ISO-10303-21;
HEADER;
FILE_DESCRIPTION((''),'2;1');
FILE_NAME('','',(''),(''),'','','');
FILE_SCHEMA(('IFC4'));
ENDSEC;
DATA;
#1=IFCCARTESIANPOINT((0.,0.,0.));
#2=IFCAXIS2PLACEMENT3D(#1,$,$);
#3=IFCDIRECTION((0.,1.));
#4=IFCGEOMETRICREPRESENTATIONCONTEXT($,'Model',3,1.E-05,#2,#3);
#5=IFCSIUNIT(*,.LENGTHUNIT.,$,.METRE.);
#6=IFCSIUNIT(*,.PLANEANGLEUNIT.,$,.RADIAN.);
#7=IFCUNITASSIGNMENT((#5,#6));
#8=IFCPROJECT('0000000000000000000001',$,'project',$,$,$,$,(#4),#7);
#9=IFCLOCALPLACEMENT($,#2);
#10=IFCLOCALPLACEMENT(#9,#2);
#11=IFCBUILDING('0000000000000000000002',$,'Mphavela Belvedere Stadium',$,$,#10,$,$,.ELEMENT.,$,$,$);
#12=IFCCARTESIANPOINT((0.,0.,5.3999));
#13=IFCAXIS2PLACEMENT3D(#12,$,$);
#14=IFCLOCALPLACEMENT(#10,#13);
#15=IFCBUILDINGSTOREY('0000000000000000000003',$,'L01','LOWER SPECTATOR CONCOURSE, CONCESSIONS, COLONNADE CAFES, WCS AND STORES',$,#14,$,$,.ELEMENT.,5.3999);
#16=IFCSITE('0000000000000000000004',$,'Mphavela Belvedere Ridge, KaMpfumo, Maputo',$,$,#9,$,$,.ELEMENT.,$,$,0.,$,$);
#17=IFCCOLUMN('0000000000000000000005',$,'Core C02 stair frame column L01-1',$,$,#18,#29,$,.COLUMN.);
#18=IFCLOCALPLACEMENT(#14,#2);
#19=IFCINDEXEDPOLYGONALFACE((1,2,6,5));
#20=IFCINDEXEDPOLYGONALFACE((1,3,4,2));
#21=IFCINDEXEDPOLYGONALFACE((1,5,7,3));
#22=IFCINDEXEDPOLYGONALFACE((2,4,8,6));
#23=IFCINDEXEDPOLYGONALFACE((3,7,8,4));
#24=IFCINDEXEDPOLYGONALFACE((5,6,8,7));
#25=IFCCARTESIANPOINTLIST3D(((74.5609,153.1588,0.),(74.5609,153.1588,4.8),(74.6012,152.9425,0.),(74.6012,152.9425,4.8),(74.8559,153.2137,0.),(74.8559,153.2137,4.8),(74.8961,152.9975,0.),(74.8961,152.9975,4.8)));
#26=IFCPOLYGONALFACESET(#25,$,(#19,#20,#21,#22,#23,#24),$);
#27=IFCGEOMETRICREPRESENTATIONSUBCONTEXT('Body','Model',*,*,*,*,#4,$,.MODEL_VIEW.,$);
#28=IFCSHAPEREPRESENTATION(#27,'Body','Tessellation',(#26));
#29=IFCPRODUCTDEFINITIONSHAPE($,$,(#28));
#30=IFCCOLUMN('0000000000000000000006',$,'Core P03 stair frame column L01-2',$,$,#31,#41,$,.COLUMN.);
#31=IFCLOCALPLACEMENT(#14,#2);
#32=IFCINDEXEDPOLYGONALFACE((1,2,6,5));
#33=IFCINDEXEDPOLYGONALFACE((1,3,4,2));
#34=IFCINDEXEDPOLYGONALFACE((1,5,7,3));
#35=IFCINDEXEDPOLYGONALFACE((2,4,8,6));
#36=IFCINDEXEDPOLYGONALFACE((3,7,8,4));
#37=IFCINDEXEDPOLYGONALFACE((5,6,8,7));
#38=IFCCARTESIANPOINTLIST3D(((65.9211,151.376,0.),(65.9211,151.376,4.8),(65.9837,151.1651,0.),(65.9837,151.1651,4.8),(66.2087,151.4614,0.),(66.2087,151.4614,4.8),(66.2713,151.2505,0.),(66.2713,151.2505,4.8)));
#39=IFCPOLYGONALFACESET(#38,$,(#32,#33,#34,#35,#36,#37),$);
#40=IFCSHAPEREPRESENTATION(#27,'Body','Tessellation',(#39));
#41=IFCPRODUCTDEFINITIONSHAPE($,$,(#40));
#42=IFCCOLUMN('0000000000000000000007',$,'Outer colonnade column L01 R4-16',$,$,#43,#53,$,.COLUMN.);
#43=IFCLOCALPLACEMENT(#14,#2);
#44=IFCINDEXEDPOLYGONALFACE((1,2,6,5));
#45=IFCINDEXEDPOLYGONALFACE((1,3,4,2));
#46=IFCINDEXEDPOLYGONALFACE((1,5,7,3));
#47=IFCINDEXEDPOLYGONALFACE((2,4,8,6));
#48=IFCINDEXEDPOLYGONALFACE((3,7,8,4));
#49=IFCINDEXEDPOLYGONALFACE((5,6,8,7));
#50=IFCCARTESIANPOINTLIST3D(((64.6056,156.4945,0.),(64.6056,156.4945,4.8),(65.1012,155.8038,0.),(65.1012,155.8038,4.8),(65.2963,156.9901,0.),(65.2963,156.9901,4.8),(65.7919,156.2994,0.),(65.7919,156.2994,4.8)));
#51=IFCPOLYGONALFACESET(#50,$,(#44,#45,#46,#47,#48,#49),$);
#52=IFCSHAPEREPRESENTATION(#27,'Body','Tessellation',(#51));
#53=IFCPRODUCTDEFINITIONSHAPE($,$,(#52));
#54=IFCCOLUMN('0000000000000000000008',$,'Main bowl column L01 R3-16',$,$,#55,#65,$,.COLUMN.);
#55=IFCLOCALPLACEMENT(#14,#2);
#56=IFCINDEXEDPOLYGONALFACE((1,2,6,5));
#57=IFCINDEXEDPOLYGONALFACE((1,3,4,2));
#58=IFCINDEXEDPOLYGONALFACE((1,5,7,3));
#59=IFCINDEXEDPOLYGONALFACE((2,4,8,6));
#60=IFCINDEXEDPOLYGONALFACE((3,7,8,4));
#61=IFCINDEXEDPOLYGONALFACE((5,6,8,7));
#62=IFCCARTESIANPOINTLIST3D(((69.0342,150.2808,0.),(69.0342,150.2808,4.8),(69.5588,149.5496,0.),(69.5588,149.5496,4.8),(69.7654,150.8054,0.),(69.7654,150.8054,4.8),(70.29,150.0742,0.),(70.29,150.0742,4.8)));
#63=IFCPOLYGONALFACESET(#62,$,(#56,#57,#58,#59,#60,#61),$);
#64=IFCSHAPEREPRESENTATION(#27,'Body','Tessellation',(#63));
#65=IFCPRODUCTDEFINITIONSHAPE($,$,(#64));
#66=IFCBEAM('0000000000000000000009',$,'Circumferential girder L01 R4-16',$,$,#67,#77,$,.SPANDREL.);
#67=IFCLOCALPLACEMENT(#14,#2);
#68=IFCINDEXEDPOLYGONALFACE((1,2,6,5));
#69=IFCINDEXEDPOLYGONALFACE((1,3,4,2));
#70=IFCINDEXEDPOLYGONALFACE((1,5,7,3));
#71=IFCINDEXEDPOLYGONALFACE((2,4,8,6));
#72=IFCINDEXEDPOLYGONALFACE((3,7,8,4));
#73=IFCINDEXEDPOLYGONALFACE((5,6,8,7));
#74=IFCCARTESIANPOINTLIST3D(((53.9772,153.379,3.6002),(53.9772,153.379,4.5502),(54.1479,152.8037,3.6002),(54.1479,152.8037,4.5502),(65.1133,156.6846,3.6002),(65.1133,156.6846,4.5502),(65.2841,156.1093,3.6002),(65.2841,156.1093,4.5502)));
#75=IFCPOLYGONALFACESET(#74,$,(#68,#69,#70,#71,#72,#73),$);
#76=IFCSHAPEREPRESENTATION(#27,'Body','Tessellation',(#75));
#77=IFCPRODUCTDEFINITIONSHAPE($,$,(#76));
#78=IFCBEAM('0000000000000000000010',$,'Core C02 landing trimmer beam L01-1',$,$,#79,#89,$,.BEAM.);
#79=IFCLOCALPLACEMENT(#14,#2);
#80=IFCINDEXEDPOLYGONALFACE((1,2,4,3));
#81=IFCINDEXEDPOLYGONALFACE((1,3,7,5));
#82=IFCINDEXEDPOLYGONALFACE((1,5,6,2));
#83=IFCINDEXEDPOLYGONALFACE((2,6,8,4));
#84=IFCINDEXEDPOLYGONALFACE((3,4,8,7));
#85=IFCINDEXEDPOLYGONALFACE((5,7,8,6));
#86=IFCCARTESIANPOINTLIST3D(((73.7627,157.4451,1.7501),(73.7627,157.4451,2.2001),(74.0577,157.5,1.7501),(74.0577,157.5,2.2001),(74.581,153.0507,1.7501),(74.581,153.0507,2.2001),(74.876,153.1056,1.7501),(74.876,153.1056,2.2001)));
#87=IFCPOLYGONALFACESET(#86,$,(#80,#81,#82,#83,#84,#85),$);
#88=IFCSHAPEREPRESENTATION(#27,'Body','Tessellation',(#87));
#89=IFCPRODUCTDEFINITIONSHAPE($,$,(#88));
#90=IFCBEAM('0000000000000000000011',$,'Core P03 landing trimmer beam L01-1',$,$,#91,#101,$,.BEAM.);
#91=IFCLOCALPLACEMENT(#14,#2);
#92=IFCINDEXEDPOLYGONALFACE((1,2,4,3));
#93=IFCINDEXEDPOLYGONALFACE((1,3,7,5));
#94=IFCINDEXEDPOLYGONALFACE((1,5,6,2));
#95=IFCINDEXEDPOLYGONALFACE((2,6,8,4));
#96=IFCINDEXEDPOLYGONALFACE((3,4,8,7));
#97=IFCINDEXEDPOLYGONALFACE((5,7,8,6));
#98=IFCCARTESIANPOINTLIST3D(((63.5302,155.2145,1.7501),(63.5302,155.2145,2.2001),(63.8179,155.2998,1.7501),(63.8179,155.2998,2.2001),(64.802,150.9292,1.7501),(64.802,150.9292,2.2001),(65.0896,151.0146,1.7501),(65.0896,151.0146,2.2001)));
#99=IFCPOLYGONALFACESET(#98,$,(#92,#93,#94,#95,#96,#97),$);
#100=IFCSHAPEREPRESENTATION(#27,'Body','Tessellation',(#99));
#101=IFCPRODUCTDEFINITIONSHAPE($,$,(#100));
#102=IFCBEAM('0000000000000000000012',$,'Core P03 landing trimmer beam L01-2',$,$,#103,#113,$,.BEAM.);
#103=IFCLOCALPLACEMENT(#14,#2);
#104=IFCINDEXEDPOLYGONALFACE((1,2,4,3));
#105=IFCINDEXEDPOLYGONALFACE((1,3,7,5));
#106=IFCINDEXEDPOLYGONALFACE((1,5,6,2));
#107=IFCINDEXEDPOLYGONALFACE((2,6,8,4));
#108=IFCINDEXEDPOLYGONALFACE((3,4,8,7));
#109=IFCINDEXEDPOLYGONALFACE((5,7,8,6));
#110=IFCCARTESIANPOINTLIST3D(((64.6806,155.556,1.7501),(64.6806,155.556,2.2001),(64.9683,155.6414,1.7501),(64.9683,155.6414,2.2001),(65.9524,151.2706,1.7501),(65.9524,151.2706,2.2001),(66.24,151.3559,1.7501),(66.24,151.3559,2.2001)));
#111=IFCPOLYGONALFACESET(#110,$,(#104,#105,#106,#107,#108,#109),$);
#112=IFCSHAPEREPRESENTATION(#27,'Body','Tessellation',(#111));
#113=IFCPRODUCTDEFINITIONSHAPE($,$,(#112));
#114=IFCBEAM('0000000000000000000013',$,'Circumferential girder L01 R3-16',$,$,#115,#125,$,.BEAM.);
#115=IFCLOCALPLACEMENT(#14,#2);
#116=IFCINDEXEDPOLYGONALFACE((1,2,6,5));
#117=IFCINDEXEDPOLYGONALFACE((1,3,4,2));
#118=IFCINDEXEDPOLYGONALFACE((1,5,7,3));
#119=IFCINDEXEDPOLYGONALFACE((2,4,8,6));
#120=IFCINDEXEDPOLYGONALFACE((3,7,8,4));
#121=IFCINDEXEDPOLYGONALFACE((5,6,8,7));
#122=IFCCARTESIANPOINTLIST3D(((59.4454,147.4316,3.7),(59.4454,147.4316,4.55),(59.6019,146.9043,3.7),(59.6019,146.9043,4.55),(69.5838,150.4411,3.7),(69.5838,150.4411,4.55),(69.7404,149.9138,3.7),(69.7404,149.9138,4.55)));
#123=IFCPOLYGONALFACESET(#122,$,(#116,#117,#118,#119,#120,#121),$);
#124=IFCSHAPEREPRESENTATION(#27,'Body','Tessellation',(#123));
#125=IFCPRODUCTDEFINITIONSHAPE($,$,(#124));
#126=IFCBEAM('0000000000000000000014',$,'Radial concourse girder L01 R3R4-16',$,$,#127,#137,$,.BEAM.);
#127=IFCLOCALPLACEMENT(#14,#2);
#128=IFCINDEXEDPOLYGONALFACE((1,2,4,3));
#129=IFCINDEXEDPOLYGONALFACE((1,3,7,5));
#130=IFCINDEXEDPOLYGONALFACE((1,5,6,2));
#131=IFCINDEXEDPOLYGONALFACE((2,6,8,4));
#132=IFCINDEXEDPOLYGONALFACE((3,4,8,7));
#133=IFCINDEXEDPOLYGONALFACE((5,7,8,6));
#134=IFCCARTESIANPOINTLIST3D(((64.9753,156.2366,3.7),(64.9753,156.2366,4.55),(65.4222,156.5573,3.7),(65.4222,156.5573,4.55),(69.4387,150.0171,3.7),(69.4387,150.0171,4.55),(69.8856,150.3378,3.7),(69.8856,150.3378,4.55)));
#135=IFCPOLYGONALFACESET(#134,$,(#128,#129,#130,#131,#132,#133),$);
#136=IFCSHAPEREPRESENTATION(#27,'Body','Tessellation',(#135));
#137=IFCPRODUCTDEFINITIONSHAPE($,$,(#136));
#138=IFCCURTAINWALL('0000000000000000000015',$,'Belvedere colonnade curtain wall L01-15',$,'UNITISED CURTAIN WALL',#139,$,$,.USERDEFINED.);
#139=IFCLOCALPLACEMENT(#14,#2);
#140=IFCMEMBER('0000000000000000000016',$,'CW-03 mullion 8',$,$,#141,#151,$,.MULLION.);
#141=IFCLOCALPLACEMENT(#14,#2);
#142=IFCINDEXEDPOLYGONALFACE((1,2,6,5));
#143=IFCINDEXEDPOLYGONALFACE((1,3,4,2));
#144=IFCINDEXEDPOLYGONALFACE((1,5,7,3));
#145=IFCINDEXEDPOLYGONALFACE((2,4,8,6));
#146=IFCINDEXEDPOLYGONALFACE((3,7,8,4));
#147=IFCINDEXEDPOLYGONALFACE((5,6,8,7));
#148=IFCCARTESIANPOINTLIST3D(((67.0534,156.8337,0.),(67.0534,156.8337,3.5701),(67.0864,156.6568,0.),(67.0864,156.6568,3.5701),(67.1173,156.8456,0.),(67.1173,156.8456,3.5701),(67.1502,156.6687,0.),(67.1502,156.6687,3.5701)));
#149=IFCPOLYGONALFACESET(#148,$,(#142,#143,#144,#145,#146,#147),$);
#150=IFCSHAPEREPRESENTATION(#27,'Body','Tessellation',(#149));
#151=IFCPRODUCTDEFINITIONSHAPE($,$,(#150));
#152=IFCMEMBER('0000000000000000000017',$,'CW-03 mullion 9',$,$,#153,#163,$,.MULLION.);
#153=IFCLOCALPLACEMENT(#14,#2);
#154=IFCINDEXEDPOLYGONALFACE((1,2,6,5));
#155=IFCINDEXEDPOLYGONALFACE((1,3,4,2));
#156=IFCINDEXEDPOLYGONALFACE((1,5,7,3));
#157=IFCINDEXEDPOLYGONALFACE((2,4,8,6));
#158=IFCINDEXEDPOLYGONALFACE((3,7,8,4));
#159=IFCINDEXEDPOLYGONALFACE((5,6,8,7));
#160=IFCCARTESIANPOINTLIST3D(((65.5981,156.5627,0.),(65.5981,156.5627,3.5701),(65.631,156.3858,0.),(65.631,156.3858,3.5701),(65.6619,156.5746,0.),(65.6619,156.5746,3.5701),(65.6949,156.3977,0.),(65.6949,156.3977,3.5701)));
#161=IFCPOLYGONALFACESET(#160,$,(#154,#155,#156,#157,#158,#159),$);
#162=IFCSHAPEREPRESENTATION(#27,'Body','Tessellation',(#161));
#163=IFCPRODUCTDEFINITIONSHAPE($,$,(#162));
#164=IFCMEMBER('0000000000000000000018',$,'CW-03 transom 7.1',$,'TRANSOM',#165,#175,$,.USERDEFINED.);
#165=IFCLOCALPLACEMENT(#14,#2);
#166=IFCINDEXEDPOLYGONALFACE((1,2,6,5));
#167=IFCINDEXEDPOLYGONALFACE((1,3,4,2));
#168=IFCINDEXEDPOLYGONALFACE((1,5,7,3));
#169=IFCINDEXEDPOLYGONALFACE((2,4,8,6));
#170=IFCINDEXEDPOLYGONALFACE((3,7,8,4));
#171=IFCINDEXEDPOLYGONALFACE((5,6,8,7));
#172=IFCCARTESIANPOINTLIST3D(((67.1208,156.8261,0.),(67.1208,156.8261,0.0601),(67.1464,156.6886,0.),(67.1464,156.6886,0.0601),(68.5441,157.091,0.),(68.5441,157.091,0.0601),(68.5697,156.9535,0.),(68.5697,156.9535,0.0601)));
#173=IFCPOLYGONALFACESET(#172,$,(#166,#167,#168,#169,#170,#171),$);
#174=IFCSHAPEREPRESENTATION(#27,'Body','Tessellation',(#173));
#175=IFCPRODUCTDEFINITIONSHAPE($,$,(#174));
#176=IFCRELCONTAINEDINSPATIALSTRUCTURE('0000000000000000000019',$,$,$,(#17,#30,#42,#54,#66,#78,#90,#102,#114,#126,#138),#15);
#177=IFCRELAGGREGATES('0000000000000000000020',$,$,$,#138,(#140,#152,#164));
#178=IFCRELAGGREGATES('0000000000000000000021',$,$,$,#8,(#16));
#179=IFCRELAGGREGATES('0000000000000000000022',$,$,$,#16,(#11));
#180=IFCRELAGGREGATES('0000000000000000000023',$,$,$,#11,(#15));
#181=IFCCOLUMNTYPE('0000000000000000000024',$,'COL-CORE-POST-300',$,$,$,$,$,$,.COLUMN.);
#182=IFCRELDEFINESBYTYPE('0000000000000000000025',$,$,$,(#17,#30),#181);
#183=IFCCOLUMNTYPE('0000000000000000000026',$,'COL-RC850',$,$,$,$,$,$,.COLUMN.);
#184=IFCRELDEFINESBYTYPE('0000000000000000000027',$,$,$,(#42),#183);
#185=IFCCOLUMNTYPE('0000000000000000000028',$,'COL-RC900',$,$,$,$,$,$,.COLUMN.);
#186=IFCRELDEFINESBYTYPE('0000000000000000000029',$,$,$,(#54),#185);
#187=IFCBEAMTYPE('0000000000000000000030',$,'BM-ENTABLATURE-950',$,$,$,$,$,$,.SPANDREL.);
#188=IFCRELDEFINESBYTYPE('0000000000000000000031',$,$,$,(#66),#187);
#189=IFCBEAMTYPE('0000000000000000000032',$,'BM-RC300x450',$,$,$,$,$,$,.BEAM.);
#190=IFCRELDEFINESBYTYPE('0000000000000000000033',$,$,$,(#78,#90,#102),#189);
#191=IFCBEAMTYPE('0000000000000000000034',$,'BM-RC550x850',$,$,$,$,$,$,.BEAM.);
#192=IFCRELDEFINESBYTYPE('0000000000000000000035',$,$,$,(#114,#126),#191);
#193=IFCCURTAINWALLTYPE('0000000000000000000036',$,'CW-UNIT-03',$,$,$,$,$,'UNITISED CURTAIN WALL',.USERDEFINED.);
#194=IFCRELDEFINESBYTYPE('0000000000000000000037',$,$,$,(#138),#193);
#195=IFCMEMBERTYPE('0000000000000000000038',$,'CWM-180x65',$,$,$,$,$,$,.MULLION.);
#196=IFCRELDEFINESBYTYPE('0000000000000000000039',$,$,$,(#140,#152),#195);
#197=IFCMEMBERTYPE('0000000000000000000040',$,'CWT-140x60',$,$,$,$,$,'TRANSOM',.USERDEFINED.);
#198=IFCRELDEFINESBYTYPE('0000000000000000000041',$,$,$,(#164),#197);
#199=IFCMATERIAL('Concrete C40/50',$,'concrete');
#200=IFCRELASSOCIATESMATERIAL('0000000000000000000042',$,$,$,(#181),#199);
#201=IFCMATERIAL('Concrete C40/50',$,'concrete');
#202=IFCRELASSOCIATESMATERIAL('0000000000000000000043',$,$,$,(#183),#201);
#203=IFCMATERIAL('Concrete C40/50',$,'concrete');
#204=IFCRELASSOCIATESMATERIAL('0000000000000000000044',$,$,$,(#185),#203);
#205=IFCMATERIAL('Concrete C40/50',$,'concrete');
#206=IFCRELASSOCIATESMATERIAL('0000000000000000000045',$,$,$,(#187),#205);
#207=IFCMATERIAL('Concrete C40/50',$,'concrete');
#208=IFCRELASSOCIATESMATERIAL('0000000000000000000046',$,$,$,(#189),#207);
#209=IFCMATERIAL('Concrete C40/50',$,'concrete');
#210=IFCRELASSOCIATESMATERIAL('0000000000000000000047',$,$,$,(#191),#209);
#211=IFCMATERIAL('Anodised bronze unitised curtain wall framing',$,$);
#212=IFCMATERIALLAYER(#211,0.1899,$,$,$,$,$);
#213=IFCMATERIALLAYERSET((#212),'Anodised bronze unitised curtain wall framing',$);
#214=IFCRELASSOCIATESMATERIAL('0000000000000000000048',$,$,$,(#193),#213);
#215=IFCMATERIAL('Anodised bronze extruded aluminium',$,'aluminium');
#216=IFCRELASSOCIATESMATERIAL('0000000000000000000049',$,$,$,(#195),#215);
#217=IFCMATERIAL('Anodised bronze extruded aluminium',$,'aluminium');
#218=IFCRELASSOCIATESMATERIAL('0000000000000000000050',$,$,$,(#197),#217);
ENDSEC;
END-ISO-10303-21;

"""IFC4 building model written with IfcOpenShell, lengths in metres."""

from ifc_helpers import new_model, si_unit, direction, frame, origin, origin_2d, place, context, subcontext, project, spatial, rectangle, extrude, material, layer, layer_set, material_profile, profile_set, type_object, element, aggregate, save


model = new_model("IFC4")

# Units and contexts
model_context = context("Model", 3, precision=1e-05, world=origin(), true_north=direction((0.0, 1.0)))
body_context = subcontext(model_context, "Body", "Model", "MODEL_VIEW")
ifc_project = project(units=[si_unit("LENGTHUNIT", "METRE"), si_unit("PLANEANGLEUNIT", "RADIAN")], contexts=[model_context])

# Site, building, storey
site_placement = place(None, origin())
site = spatial("IfcSite", under=ifc_project, at=site_placement, Name="Mphavela Belvedere Ridge, KaMpfumo, Maputo", CompositionType="ELEMENT", RefElevation=0.0)
building_placement = place(site_placement, origin())
building = spatial("IfcBuilding", under=site, at=building_placement, Name="Mphavela Belvedere Stadium", CompositionType="ELEMENT")
storey_placement = place(building_placement, frame((0.0, 0.0, 5.3999)))
storey = spatial("IfcBuildingStorey", under=building, at=storey_placement, Name="L01", Description="LOWER SPECTATOR CONCOURSE, CONCESSIONS, COLONNADE CAFES, WCS AND STORES", CompositionType="ELEMENT", Elevation=5.3999)

# Columns
ifc_material_1 = material(Name="Concrete C40/50", Category="concrete")
ifc_material_profile_1 = material_profile(ifc_material_1, rectangle(XDim=0.3, YDim=0.22, at=origin_2d()), Name="RC 300x220")
ifc_profile_set_1 = profile_set([ifc_material_profile_1], Name="Concrete C40/50")
column_type_1 = type_object("IfcColumnType", Name="COL-CORE-POST-300", PredefinedType="COLUMN", material=ifc_profile_set_1)
for number, where, z_axis, x_axis, name in (
    (1, (74.7285, 153.0781, 0.0), (0.0, 0.0, 1.0), (0.983096, 0.183094, 0.0), "Core C02 stair frame column L01-1"),
    (2, (66.0962, 151.3132, 0.0), (0.0, 0.0, 1.0), (0.958671, 0.284517, 0.0), "Core P03 stair frame column L01-2"),
):
    element("IfcColumn", number, at=place(storey_placement, frame(where, z_axis=z_axis, x_axis=x_axis)), inside=storey, type_object=column_type_1, Name=name, PredefinedType="COLUMN", context=body_context, shape_type="SweptSolid", body=[
        extrude(rectangle(XDim=0.3, YDim=0.22, at=origin_2d()), origin(), (0.0, 0.0, 1.0), 4.8),
    ])
ifc_material_2 = material(Name="Concrete C40/50", Category="concrete")
ifc_material_profile_2 = material_profile(ifc_material_2, rectangle(XDim=0.8501, YDim=0.8501, at=origin_2d()), Name="RC 850x850")
ifc_profile_set_2 = profile_set([ifc_material_profile_2], Name="Concrete C40/50")
column_type_2 = type_object("IfcColumnType", Name="COL-RC850", PredefinedType="COLUMN", material=ifc_profile_set_2)
column_1_placement = place(storey_placement, frame((65.1987, 156.397, 0.0), z_axis=(0.0, 0.0, 1.0), x_axis=(-0.582974, 0.812491, 0.0)))
element("IfcColumn", 3, at=column_1_placement, inside=storey, type_object=column_type_2, Name="Outer colonnade column L01 R4-16", PredefinedType="COLUMN", context=body_context, shape_type="SweptSolid", body=[
    extrude(rectangle(XDim=0.8501, YDim=0.8501, at=origin_2d()), origin(), (0.0, 0.0, 1.0), 4.8),
])
ifc_material_3 = material(Name="Concrete C40/50", Category="concrete")
ifc_material_profile_3 = material_profile(ifc_material_3, rectangle(XDim=0.8999, YDim=0.8999, at=origin_2d()), Name="RC 900x900")
ifc_profile_set_3 = profile_set([ifc_material_profile_3], Name="Concrete C40/50")
column_type_3 = type_object("IfcColumnType", Name="COL-RC900", PredefinedType="COLUMN", material=ifc_profile_set_3)
column_2_placement = place(storey_placement, frame((69.6621, 150.1775, 0.0), z_axis=(0.0, 0.0, 1.0), x_axis=(-0.582974, 0.812491, 0.0)))
element("IfcColumn", 4, at=column_2_placement, inside=storey, type_object=column_type_3, Name="Main bowl column L01 R3-16", PredefinedType="COLUMN", context=body_context, shape_type="SweptSolid", body=[
    extrude(rectangle(XDim=0.8999, YDim=0.8999, at=origin_2d()), origin(), (0.0, 0.0, 1.0), 4.8),
])

# Beams
ifc_material_4 = material(Name="Concrete C40/50", Category="concrete")
ifc_material_profile_4 = material_profile(ifc_material_4, rectangle(XDim=0.6001, YDim=0.95, at=origin_2d()), Name="RC 600x950")
ifc_profile_set_4 = profile_set([ifc_material_profile_4], Name="Concrete C40/50")
beam_type_1 = type_object("IfcBeamType", Name="BM-ENTABLATURE-950", PredefinedType="SPANDREL", material=ifc_profile_set_4)
beam_1_placement = place(storey_placement, frame((65.1987, 156.397, 4.0752), z_axis=(-0.958656, -0.284566, 0.0), x_axis=(0.284566, -0.958656, 0.0)))
element("IfcBeam", 5, at=beam_1_placement, inside=storey, type_object=beam_type_1, Name="Circumferential girder L01 R4-16", PredefinedType="SPANDREL", context=body_context, shape_type="SweptSolid", body=[
    extrude(rectangle(XDim=0.6001, YDim=0.95, at=origin_2d()), origin(), (0.0, 0.0, 1.0), 11.6165),
])
ifc_material_5 = material(Name="Concrete C40/50", Category="concrete")
ifc_material_profile_5 = material_profile(ifc_material_5, rectangle(XDim=0.3, YDim=0.45, at=origin_2d()), Name="RC 300x450")
ifc_profile_set_5 = profile_set([ifc_material_profile_5], Name="Concrete C40/50")
beam_type_2 = type_object("IfcBeamType", Name="BM-RC300x450", PredefinedType="BEAM", material=ifc_profile_set_5)
for number, where, z_axis, x_axis, name in (
    (6, (74.7285, 153.0781, 1.9751), (-0.183075, 0.983099, 0.0), (-0.983099, -0.183075, 0.0), "Core C02 landing trimmer beam L01-1"),
    (7, (64.9458, 150.9719, 1.9751), (-0.28451, 0.958673, 0.0), (-0.958673, -0.28451, 0.0), "Core P03 landing trimmer beam L01-1"),
):
    element("IfcBeam", number, at=place(storey_placement, frame(where, z_axis=z_axis, x_axis=x_axis)), inside=storey, type_object=beam_type_2, Name=name, PredefinedType="BEAM", context=body_context, shape_type="SweptSolid", body=[
        extrude(rectangle(XDim=0.3, YDim=0.45, at=origin_2d()), origin(), (0.0, 0.0, 1.0), 4.47),
    ])
beam_2_placement = place(storey_placement, frame((66.0962, 151.3132, 1.9751), z_axis=(-0.284496, 0.958677, 0.0), x_axis=(-0.958677, -0.284496, 0.0)))
element("IfcBeam", 8, at=beam_2_placement, inside=storey, type_object=beam_type_2, Name="Core P03 landing trimmer beam L01-2", PredefinedType="BEAM", context=body_context, shape_type="SweptSolid", body=[
    extrude(rectangle(XDim=0.3, YDim=0.45, at=origin_2d()), origin(), (0.0, 0.0, 1.0), 4.4702),
])
ifc_material_6 = material(Name="Concrete C40/50", Category="concrete")
ifc_material_profile_6 = material_profile(ifc_material_6, rectangle(XDim=0.55, YDim=0.8501, at=origin_2d()), Name="RC 550x850")
ifc_profile_set_6 = profile_set([ifc_material_profile_6], Name="Concrete C40/50")
beam_type_3 = type_object("IfcBeamType", Name="BM-RC550x850", PredefinedType="BEAM", material=ifc_profile_set_6)
beam_3_placement = place(storey_placement, frame((69.6621, 150.1775, 4.125), z_axis=(-0.958655, -0.28457, 0.0), x_axis=(0.28457, -0.958655, 0.0)))
element("IfcBeam", 9, at=beam_3_placement, inside=storey, type_object=beam_type_3, Name="Circumferential girder L01 R3-16", PredefinedType="BEAM", context=body_context, shape_type="SweptSolid", body=[
    extrude(rectangle(XDim=0.55, YDim=0.8501, at=origin_2d()), origin(), (0.0, 0.0, 1.0), 10.5757),
])
beam_4_placement = place(storey_placement, frame((69.6621, 150.1775, 4.125), z_axis=(-0.583044, 0.812441, 0.0), x_axis=(-0.812441, -0.583044, 0.0)))
element("IfcBeam", 10, at=beam_4_placement, inside=storey, type_object=beam_type_3, Name="Radial concourse girder L01 R3R4-16", PredefinedType="BEAM", context=body_context, shape_type="SweptSolid", body=[
    extrude(rectangle(XDim=0.55, YDim=0.8501, at=origin_2d()), origin(), (0.0, 0.0, 1.0), 7.6553),
])

# Curtain wall, members
ifc_material_7 = material(Name="Anodised bronze unitised curtain wall framing")
ifc_layer_1 = layer(ifc_material_7, 0.1899)
ifc_layer_set_1 = layer_set([ifc_layer_1], Name="Anodised bronze unitised curtain wall framing")
curtain_wall_type = type_object("IfcCurtainWallType", Name="CW-UNIT-03", ElementType="UNITISED CURTAIN WALL", PredefinedType="USERDEFINED", material=ifc_layer_set_1)
curtain_wall_placement = place(storey_placement, origin())
curtain_wall = element("IfcCurtainWall", 11, at=curtain_wall_placement, inside=storey, type_object=curtain_wall_type, Name="Belvedere colonnade curtain wall L01-15", ObjectType="UNITISED CURTAIN WALL", PredefinedType="USERDEFINED")
ifc_material_8 = material(Name="Anodised bronze extruded aluminium", Category="aluminium")
ifc_material_profile_7 = material_profile(ifc_material_8, rectangle(XDim=0.1799, YDim=0.0649, at=origin_2d()), Name="CW-MUL 180x65")
ifc_profile_set_7 = profile_set([ifc_material_profile_7], Name="Anodised bronze extruded aluminium")
member_type_1 = type_object("IfcMemberType", Name="CWM-180x65", PredefinedType="MULLION", material=ifc_profile_set_7)
member_1_placement = place(storey_placement, frame((67.1018, 156.7512, 0.0), z_axis=(0.0, 0.0, 1.0), x_axis=(0.183095, -0.983095, 0.0)))
member_1 = element("IfcMember", 12, at=member_1_placement, type_object=member_type_1, Name="CW-03 mullion 8", PredefinedType="MULLION", context=body_context, shape_type="SweptSolid", body=[
    extrude(rectangle(XDim=0.1799, YDim=0.0649, at=origin_2d()), origin(), (0.0, 0.0, 1.0), 3.5701),
])
member_2_placement = place(storey_placement, frame((65.6465, 156.4802, 0.0), z_axis=(0.0, 0.0, 1.0), x_axis=(0.183095, -0.983095, 0.0)))
member_2 = element("IfcMember", 13, at=member_2_placement, type_object=member_type_1, Name="CW-03 mullion 9", PredefinedType="MULLION", context=body_context, shape_type="SweptSolid", body=[
    extrude(rectangle(XDim=0.1799, YDim=0.0649, at=origin_2d()), origin(), (0.0, 0.0, 1.0), 3.5701),
])
ifc_material_9 = material(Name="Anodised bronze extruded aluminium", Category="aluminium")
ifc_material_profile_8 = material_profile(ifc_material_9, rectangle(XDim=0.1399, YDim=0.0601, at=origin_2d()), Name="CW-TRN 140x60")
ifc_profile_set_8 = profile_set([ifc_material_profile_8], Name="Anodised bronze extruded aluminium")
member_type_2 = type_object("IfcMemberType", Name="CWT-140x60", ElementType="TRANSOM", PredefinedType="USERDEFINED", material=ifc_profile_set_8)
member_3_placement = place(storey_placement, frame((68.5569, 157.0222, 0.03), z_axis=(-0.983119, -0.182965, 0.0), x_axis=(0.182965, -0.983119, 0.0)))
member_3 = element("IfcMember", 14, at=member_3_placement, type_object=member_type_2, Name="CW-03 transom 7.1", ObjectType="TRANSOM", PredefinedType="USERDEFINED", context=body_context, shape_type="SweptSolid", body=[
    extrude(rectangle(XDim=0.1399, YDim=0.0601, at=origin_2d()), origin(), (0.0, 0.0, 1.0), 1.4478),
])
aggregate(curtain_wall, [member_1, member_2, member_3])

save(model, "model.ifc")
